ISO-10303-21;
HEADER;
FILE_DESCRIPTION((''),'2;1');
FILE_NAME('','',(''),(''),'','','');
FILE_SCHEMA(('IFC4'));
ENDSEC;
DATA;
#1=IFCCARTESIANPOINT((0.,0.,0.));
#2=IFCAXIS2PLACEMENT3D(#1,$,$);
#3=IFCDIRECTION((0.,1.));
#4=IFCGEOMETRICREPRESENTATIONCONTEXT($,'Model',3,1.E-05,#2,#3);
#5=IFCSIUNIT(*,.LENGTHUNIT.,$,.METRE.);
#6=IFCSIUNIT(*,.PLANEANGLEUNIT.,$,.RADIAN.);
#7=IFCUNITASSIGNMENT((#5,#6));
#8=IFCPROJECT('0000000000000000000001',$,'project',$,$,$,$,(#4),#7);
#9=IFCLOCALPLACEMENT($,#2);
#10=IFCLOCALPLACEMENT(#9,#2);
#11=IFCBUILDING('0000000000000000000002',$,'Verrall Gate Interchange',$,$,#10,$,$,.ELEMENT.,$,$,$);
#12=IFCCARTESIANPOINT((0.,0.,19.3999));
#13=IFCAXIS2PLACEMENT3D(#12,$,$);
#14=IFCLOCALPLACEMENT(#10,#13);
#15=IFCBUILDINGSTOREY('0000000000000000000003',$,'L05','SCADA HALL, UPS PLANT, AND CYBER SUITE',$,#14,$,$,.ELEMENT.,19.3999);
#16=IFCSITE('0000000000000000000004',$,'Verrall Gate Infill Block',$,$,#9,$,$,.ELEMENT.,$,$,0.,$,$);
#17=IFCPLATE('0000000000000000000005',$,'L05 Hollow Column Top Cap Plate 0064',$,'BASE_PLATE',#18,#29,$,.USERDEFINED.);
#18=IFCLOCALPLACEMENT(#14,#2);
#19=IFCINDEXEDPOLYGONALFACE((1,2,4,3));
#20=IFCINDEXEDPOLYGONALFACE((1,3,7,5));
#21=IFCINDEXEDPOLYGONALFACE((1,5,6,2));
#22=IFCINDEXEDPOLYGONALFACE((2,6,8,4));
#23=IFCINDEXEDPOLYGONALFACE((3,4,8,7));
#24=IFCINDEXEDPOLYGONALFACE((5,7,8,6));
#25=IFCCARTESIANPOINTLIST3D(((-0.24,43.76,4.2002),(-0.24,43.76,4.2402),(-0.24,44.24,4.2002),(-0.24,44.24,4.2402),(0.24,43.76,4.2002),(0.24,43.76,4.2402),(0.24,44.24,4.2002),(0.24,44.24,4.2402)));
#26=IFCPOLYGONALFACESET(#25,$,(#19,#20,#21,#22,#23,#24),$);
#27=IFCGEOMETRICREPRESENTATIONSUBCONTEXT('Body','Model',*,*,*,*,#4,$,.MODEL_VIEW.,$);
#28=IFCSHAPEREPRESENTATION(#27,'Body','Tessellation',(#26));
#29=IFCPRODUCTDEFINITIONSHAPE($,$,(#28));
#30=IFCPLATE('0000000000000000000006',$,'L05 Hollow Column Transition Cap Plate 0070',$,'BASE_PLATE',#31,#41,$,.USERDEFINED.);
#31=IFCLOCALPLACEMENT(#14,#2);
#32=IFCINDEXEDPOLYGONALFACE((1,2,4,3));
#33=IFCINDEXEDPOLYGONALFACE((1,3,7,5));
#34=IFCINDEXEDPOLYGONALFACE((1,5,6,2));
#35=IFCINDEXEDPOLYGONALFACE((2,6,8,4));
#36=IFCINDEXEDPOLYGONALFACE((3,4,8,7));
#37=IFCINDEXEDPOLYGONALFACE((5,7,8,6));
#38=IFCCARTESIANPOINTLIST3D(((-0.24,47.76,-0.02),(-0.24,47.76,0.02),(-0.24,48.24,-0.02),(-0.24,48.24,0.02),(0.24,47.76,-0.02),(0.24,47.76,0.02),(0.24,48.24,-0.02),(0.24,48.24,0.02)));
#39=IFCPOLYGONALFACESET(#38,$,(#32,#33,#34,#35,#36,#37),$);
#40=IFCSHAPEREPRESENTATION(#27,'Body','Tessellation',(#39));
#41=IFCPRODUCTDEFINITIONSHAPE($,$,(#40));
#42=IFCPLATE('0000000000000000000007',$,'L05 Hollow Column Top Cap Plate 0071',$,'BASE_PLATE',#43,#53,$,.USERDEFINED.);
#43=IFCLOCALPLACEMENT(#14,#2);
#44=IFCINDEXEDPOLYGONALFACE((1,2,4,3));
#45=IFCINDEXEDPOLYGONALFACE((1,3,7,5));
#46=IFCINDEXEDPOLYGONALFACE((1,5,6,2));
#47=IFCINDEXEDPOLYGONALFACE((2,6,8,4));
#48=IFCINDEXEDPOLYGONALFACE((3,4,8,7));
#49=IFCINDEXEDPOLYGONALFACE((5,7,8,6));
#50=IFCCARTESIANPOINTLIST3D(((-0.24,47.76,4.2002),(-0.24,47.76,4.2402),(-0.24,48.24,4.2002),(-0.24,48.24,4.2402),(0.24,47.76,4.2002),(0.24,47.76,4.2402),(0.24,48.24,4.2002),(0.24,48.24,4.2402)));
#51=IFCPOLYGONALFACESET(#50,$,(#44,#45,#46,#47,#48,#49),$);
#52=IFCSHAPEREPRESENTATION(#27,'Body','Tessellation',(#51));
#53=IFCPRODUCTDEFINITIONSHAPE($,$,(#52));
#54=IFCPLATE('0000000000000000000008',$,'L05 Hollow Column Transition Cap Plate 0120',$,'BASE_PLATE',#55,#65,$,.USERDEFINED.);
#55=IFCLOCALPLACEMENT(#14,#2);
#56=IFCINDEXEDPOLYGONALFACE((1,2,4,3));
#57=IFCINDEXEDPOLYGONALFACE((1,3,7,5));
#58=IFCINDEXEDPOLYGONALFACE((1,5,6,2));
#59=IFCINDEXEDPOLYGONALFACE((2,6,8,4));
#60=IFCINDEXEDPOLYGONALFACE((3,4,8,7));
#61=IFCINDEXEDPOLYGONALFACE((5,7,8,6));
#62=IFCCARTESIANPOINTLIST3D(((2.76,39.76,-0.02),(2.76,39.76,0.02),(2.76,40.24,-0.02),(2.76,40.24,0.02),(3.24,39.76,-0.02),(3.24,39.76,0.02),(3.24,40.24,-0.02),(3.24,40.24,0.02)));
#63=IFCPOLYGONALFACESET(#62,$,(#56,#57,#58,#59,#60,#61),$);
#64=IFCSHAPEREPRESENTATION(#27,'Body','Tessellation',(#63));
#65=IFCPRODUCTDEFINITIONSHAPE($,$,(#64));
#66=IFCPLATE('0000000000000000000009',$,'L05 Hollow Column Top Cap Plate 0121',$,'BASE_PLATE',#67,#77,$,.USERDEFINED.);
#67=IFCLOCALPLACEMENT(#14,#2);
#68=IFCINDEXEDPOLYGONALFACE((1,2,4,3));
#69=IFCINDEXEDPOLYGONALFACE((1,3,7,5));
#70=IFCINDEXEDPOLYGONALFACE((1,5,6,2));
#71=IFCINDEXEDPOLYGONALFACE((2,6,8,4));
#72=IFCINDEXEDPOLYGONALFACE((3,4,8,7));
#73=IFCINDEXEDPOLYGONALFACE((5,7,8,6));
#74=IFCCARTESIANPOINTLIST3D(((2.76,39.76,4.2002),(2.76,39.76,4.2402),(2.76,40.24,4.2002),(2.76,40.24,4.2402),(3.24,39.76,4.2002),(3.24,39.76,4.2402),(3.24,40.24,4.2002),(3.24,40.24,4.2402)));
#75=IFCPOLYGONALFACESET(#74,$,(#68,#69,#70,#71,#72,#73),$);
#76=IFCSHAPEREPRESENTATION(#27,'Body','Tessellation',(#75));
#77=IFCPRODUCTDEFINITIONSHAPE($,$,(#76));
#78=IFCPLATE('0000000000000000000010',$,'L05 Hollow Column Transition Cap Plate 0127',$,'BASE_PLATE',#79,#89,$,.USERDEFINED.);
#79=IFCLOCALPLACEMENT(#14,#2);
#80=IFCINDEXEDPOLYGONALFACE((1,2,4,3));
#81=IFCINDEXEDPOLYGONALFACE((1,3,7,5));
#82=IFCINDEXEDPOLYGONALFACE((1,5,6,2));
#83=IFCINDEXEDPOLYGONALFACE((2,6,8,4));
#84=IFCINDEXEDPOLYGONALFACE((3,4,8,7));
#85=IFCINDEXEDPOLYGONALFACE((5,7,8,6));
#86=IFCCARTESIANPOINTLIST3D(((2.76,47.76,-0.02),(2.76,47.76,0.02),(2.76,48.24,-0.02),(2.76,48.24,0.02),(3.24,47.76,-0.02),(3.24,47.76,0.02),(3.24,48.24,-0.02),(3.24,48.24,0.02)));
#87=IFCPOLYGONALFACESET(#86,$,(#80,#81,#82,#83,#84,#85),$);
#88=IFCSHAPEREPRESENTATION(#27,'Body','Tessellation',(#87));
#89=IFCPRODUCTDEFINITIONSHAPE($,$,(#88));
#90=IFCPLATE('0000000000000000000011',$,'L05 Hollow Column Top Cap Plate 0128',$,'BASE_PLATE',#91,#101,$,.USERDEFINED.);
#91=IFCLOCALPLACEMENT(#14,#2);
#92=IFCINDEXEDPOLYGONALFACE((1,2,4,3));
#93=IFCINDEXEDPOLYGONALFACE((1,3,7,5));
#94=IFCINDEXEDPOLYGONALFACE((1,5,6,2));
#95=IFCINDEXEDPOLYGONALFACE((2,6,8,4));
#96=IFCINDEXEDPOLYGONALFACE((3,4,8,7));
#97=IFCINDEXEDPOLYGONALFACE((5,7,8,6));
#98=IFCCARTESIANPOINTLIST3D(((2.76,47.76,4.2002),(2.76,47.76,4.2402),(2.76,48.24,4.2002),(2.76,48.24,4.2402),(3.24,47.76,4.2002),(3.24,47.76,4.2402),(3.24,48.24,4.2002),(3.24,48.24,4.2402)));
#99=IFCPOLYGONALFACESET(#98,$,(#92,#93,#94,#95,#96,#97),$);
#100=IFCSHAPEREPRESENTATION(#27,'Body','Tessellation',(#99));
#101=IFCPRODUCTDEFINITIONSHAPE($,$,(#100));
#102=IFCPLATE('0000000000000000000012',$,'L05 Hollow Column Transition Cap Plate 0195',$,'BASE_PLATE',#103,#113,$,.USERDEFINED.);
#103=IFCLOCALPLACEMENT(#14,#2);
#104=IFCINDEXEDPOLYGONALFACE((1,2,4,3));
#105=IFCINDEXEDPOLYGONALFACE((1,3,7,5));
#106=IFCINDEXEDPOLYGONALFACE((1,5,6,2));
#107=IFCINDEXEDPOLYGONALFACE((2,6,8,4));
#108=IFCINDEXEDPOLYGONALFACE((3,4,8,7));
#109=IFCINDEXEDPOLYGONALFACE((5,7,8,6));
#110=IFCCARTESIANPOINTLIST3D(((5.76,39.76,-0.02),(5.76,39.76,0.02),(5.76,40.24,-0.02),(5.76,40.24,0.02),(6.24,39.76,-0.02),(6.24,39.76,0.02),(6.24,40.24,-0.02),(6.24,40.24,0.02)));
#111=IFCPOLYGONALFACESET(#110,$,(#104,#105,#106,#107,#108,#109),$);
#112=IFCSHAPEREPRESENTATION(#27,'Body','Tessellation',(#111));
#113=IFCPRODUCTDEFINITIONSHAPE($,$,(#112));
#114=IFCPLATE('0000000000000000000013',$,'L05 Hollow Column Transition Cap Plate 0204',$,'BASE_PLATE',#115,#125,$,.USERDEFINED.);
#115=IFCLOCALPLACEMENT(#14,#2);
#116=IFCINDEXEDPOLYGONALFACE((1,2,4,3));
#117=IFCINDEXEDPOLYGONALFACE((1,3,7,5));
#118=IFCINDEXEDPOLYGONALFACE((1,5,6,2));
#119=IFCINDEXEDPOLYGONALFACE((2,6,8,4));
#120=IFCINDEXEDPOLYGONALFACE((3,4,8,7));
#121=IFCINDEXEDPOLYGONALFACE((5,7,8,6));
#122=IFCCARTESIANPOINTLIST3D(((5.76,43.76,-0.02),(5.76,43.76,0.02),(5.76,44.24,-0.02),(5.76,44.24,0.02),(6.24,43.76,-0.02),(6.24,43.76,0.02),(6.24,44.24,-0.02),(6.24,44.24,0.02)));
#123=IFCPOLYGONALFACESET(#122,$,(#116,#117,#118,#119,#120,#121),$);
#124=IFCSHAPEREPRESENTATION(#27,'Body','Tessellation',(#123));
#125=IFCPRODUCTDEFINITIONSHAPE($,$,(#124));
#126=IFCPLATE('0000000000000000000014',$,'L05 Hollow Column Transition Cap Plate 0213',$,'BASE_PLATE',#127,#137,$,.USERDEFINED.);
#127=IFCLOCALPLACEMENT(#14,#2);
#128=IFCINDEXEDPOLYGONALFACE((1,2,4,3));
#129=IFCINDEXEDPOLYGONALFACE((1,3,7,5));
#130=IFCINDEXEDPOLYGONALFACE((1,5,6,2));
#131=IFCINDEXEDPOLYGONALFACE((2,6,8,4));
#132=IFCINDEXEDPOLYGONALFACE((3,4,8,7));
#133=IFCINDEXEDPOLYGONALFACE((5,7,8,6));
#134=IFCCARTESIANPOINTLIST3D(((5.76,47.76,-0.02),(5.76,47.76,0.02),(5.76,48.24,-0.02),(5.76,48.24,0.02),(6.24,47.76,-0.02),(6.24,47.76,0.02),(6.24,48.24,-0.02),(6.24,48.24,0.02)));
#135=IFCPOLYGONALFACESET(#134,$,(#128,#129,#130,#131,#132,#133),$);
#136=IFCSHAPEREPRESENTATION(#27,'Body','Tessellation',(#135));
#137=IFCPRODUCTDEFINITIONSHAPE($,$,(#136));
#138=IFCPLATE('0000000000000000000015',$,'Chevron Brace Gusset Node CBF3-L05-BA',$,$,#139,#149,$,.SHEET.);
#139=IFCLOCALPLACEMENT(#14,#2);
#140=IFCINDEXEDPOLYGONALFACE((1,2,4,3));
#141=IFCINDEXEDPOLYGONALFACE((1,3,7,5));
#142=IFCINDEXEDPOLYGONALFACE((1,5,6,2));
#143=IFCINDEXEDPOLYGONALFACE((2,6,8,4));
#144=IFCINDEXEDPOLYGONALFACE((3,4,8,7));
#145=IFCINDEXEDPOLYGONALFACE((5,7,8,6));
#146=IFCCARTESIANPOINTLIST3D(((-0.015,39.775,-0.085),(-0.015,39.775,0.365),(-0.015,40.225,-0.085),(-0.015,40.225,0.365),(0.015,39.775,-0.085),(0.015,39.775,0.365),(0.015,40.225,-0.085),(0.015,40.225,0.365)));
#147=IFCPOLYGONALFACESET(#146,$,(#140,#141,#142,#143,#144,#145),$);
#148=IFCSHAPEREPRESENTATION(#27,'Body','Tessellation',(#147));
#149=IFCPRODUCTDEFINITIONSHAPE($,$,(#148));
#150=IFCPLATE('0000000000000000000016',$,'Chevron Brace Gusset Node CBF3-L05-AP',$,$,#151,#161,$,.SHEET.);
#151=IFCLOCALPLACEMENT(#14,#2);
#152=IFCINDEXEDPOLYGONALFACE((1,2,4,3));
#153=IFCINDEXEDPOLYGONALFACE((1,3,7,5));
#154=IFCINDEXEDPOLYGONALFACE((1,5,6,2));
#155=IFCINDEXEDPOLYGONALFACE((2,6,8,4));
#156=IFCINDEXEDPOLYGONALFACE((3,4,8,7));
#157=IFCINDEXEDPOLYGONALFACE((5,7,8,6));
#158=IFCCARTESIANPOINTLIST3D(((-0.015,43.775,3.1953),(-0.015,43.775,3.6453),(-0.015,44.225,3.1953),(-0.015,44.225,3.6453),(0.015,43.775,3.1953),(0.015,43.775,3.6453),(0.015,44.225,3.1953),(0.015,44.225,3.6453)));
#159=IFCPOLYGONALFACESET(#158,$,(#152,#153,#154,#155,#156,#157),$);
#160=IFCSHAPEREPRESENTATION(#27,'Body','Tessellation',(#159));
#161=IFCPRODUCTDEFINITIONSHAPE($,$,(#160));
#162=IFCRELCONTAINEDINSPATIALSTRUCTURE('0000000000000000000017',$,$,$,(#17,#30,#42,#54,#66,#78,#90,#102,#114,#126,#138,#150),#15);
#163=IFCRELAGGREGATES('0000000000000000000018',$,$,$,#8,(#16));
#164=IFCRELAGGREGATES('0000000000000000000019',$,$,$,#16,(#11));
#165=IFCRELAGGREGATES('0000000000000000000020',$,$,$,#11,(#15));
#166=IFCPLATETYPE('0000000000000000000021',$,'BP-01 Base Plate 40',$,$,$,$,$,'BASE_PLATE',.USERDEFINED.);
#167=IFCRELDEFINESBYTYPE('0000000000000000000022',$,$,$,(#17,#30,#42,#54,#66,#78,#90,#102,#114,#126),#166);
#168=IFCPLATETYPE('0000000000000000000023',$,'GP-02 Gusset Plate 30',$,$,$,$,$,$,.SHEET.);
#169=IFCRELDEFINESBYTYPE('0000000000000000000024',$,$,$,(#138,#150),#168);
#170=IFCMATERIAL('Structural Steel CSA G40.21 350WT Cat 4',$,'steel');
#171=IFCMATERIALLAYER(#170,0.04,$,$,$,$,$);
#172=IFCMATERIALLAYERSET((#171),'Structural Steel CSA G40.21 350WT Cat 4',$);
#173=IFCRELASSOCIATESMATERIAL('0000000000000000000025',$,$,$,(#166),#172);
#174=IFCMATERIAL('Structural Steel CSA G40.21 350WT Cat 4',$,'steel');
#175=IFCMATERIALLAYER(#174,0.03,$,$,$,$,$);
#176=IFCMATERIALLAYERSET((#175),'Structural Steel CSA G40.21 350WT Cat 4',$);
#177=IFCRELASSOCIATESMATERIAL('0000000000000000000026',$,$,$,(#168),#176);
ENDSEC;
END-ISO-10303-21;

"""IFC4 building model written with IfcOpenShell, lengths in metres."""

from ifc_helpers import new_model, si_unit, direction, frame, origin, origin_2d, place, context, subcontext, project, spatial, rectangle, extrude, material, layer, layer_set, type_object, element, save


model = new_model("IFC4")

# Units and contexts
model_context = context("Model", 3, precision=1e-05, world=origin(), true_north=direction((0.0, 1.0)))
body_context = subcontext(model_context, "Body", "Model", "MODEL_VIEW")
ifc_project = project(units=[si_unit("LENGTHUNIT", "METRE"), si_unit("PLANEANGLEUNIT", "RADIAN")], contexts=[model_context])

# Site, building, storey
site_placement = place(None, origin())
site = spatial("IfcSite", under=ifc_project, at=site_placement, Name="Verrall Gate Infill Block", CompositionType="ELEMENT", RefElevation=0.0)
building_placement = place(site_placement, origin())
building = spatial("IfcBuilding", under=site, at=building_placement, Name="Verrall Gate Interchange", CompositionType="ELEMENT")
storey_placement = place(building_placement, frame((0.0, 0.0, 19.3999)))
storey = spatial("IfcBuildingStorey", under=building, at=storey_placement, Name="L05", Description="SCADA HALL, UPS PLANT, AND CYBER SUITE", CompositionType="ELEMENT", Elevation=19.3999)

# Plates
ifc_material_1 = material(Name="Structural Steel CSA G40.21 350WT Cat 4", Category="steel")
ifc_layer_1 = layer(ifc_material_1, 0.04)
ifc_layer_set_1 = layer_set([ifc_layer_1], Name="Structural Steel CSA G40.21 350WT Cat 4")
plate_type_1 = type_object("IfcPlateType", Name="BP-01 Base Plate 40", ElementType="BASE_PLATE", PredefinedType="USERDEFINED", material=ifc_layer_set_1)
for number, where, z_axis, x_axis, name in (
    (1, (0.0, 44.0, 4.2002), (0.0, 0.0, 1.0), (1.0, 0.0, 0.0), "L05 Hollow Column Top Cap Plate 0064"),
    (2, (0.0, 48.0, -0.02), (0.0, 0.0, 1.0), (1.0, 0.0, 0.0), "L05 Hollow Column Transition Cap Plate 0070"),
    (3, (0.0, 48.0, 4.2002), (0.0, 0.0, 1.0), (1.0, 0.0, 0.0), "L05 Hollow Column Top Cap Plate 0071"),
    (4, (3.0, 40.0, -0.02), (0.0, 0.0, 1.0), (1.0, 0.0, 0.0), "L05 Hollow Column Transition Cap Plate 0120"),
    (5, (3.0, 40.0, 4.2002), (0.0, 0.0, 1.0), (1.0, 0.0, 0.0), "L05 Hollow Column Top Cap Plate 0121"),
    (6, (3.0, 48.0, -0.02), (0.0, 0.0, 1.0), (1.0, 0.0, 0.0), "L05 Hollow Column Transition Cap Plate 0127"),
    (7, (3.0, 48.0, 4.2002), (0.0, 0.0, 1.0), (1.0, 0.0, 0.0), "L05 Hollow Column Top Cap Plate 0128"),
    (8, (6.0, 40.0, -0.02), (0.0, 0.0, 1.0), (1.0, 0.0, 0.0), "L05 Hollow Column Transition Cap Plate 0195"),
    (9, (6.0, 44.0, -0.02), (0.0, 0.0, 1.0), (1.0, 0.0, 0.0), "L05 Hollow Column Transition Cap Plate 0204"),
    (10, (6.0, 48.0, -0.02), (0.0, 0.0, 1.0), (1.0, 0.0, 0.0), "L05 Hollow Column Transition Cap Plate 0213"),
):
    element("IfcPlate", number, at=place(storey_placement, frame(where, z_axis=z_axis, x_axis=x_axis)), inside=storey, type_object=plate_type_1, Name=name, ObjectType="BASE_PLATE", PredefinedType="USERDEFINED", context=body_context, shape_type="SweptSolid", body=[
        extrude(rectangle(XDim=0.48, YDim=0.48, at=origin_2d()), origin(), (0.0, 0.0, 1.0), 0.04),
    ])
ifc_material_2 = material(Name="Structural Steel CSA G40.21 350WT Cat 4", Category="steel")
ifc_layer_2 = layer(ifc_material_2, 0.03)
ifc_layer_set_2 = layer_set([ifc_layer_2], Name="Structural Steel CSA G40.21 350WT Cat 4")
plate_type_2 = type_object("IfcPlateType", Name="GP-02 Gusset Plate 30", PredefinedType="SHEET", material=ifc_layer_set_2)
for number, where, z_axis, x_axis, name in (
    (11, (0.0, 40.0, -0.085), (0.0, 0.0, 1.0), (1.0, 0.0, 0.0), "Chevron Brace Gusset Node CBF3-L05-BA"),
    (12, (0.0, 44.0, 3.1953), (0.0, 0.0, 1.0), (1.0, 0.0, 0.0), "Chevron Brace Gusset Node CBF3-L05-AP"),
):
    element("IfcPlate", number, at=place(storey_placement, frame(where, z_axis=z_axis, x_axis=x_axis)), inside=storey, type_object=plate_type_2, Name=name, PredefinedType="SHEET", context=body_context, shape_type="SweptSolid", body=[
        extrude(rectangle(XDim=0.03, YDim=0.45, at=origin_2d()), origin(), (0.0, 0.0, 1.0), 0.45),
    ])

save(model, "model.ifc")
